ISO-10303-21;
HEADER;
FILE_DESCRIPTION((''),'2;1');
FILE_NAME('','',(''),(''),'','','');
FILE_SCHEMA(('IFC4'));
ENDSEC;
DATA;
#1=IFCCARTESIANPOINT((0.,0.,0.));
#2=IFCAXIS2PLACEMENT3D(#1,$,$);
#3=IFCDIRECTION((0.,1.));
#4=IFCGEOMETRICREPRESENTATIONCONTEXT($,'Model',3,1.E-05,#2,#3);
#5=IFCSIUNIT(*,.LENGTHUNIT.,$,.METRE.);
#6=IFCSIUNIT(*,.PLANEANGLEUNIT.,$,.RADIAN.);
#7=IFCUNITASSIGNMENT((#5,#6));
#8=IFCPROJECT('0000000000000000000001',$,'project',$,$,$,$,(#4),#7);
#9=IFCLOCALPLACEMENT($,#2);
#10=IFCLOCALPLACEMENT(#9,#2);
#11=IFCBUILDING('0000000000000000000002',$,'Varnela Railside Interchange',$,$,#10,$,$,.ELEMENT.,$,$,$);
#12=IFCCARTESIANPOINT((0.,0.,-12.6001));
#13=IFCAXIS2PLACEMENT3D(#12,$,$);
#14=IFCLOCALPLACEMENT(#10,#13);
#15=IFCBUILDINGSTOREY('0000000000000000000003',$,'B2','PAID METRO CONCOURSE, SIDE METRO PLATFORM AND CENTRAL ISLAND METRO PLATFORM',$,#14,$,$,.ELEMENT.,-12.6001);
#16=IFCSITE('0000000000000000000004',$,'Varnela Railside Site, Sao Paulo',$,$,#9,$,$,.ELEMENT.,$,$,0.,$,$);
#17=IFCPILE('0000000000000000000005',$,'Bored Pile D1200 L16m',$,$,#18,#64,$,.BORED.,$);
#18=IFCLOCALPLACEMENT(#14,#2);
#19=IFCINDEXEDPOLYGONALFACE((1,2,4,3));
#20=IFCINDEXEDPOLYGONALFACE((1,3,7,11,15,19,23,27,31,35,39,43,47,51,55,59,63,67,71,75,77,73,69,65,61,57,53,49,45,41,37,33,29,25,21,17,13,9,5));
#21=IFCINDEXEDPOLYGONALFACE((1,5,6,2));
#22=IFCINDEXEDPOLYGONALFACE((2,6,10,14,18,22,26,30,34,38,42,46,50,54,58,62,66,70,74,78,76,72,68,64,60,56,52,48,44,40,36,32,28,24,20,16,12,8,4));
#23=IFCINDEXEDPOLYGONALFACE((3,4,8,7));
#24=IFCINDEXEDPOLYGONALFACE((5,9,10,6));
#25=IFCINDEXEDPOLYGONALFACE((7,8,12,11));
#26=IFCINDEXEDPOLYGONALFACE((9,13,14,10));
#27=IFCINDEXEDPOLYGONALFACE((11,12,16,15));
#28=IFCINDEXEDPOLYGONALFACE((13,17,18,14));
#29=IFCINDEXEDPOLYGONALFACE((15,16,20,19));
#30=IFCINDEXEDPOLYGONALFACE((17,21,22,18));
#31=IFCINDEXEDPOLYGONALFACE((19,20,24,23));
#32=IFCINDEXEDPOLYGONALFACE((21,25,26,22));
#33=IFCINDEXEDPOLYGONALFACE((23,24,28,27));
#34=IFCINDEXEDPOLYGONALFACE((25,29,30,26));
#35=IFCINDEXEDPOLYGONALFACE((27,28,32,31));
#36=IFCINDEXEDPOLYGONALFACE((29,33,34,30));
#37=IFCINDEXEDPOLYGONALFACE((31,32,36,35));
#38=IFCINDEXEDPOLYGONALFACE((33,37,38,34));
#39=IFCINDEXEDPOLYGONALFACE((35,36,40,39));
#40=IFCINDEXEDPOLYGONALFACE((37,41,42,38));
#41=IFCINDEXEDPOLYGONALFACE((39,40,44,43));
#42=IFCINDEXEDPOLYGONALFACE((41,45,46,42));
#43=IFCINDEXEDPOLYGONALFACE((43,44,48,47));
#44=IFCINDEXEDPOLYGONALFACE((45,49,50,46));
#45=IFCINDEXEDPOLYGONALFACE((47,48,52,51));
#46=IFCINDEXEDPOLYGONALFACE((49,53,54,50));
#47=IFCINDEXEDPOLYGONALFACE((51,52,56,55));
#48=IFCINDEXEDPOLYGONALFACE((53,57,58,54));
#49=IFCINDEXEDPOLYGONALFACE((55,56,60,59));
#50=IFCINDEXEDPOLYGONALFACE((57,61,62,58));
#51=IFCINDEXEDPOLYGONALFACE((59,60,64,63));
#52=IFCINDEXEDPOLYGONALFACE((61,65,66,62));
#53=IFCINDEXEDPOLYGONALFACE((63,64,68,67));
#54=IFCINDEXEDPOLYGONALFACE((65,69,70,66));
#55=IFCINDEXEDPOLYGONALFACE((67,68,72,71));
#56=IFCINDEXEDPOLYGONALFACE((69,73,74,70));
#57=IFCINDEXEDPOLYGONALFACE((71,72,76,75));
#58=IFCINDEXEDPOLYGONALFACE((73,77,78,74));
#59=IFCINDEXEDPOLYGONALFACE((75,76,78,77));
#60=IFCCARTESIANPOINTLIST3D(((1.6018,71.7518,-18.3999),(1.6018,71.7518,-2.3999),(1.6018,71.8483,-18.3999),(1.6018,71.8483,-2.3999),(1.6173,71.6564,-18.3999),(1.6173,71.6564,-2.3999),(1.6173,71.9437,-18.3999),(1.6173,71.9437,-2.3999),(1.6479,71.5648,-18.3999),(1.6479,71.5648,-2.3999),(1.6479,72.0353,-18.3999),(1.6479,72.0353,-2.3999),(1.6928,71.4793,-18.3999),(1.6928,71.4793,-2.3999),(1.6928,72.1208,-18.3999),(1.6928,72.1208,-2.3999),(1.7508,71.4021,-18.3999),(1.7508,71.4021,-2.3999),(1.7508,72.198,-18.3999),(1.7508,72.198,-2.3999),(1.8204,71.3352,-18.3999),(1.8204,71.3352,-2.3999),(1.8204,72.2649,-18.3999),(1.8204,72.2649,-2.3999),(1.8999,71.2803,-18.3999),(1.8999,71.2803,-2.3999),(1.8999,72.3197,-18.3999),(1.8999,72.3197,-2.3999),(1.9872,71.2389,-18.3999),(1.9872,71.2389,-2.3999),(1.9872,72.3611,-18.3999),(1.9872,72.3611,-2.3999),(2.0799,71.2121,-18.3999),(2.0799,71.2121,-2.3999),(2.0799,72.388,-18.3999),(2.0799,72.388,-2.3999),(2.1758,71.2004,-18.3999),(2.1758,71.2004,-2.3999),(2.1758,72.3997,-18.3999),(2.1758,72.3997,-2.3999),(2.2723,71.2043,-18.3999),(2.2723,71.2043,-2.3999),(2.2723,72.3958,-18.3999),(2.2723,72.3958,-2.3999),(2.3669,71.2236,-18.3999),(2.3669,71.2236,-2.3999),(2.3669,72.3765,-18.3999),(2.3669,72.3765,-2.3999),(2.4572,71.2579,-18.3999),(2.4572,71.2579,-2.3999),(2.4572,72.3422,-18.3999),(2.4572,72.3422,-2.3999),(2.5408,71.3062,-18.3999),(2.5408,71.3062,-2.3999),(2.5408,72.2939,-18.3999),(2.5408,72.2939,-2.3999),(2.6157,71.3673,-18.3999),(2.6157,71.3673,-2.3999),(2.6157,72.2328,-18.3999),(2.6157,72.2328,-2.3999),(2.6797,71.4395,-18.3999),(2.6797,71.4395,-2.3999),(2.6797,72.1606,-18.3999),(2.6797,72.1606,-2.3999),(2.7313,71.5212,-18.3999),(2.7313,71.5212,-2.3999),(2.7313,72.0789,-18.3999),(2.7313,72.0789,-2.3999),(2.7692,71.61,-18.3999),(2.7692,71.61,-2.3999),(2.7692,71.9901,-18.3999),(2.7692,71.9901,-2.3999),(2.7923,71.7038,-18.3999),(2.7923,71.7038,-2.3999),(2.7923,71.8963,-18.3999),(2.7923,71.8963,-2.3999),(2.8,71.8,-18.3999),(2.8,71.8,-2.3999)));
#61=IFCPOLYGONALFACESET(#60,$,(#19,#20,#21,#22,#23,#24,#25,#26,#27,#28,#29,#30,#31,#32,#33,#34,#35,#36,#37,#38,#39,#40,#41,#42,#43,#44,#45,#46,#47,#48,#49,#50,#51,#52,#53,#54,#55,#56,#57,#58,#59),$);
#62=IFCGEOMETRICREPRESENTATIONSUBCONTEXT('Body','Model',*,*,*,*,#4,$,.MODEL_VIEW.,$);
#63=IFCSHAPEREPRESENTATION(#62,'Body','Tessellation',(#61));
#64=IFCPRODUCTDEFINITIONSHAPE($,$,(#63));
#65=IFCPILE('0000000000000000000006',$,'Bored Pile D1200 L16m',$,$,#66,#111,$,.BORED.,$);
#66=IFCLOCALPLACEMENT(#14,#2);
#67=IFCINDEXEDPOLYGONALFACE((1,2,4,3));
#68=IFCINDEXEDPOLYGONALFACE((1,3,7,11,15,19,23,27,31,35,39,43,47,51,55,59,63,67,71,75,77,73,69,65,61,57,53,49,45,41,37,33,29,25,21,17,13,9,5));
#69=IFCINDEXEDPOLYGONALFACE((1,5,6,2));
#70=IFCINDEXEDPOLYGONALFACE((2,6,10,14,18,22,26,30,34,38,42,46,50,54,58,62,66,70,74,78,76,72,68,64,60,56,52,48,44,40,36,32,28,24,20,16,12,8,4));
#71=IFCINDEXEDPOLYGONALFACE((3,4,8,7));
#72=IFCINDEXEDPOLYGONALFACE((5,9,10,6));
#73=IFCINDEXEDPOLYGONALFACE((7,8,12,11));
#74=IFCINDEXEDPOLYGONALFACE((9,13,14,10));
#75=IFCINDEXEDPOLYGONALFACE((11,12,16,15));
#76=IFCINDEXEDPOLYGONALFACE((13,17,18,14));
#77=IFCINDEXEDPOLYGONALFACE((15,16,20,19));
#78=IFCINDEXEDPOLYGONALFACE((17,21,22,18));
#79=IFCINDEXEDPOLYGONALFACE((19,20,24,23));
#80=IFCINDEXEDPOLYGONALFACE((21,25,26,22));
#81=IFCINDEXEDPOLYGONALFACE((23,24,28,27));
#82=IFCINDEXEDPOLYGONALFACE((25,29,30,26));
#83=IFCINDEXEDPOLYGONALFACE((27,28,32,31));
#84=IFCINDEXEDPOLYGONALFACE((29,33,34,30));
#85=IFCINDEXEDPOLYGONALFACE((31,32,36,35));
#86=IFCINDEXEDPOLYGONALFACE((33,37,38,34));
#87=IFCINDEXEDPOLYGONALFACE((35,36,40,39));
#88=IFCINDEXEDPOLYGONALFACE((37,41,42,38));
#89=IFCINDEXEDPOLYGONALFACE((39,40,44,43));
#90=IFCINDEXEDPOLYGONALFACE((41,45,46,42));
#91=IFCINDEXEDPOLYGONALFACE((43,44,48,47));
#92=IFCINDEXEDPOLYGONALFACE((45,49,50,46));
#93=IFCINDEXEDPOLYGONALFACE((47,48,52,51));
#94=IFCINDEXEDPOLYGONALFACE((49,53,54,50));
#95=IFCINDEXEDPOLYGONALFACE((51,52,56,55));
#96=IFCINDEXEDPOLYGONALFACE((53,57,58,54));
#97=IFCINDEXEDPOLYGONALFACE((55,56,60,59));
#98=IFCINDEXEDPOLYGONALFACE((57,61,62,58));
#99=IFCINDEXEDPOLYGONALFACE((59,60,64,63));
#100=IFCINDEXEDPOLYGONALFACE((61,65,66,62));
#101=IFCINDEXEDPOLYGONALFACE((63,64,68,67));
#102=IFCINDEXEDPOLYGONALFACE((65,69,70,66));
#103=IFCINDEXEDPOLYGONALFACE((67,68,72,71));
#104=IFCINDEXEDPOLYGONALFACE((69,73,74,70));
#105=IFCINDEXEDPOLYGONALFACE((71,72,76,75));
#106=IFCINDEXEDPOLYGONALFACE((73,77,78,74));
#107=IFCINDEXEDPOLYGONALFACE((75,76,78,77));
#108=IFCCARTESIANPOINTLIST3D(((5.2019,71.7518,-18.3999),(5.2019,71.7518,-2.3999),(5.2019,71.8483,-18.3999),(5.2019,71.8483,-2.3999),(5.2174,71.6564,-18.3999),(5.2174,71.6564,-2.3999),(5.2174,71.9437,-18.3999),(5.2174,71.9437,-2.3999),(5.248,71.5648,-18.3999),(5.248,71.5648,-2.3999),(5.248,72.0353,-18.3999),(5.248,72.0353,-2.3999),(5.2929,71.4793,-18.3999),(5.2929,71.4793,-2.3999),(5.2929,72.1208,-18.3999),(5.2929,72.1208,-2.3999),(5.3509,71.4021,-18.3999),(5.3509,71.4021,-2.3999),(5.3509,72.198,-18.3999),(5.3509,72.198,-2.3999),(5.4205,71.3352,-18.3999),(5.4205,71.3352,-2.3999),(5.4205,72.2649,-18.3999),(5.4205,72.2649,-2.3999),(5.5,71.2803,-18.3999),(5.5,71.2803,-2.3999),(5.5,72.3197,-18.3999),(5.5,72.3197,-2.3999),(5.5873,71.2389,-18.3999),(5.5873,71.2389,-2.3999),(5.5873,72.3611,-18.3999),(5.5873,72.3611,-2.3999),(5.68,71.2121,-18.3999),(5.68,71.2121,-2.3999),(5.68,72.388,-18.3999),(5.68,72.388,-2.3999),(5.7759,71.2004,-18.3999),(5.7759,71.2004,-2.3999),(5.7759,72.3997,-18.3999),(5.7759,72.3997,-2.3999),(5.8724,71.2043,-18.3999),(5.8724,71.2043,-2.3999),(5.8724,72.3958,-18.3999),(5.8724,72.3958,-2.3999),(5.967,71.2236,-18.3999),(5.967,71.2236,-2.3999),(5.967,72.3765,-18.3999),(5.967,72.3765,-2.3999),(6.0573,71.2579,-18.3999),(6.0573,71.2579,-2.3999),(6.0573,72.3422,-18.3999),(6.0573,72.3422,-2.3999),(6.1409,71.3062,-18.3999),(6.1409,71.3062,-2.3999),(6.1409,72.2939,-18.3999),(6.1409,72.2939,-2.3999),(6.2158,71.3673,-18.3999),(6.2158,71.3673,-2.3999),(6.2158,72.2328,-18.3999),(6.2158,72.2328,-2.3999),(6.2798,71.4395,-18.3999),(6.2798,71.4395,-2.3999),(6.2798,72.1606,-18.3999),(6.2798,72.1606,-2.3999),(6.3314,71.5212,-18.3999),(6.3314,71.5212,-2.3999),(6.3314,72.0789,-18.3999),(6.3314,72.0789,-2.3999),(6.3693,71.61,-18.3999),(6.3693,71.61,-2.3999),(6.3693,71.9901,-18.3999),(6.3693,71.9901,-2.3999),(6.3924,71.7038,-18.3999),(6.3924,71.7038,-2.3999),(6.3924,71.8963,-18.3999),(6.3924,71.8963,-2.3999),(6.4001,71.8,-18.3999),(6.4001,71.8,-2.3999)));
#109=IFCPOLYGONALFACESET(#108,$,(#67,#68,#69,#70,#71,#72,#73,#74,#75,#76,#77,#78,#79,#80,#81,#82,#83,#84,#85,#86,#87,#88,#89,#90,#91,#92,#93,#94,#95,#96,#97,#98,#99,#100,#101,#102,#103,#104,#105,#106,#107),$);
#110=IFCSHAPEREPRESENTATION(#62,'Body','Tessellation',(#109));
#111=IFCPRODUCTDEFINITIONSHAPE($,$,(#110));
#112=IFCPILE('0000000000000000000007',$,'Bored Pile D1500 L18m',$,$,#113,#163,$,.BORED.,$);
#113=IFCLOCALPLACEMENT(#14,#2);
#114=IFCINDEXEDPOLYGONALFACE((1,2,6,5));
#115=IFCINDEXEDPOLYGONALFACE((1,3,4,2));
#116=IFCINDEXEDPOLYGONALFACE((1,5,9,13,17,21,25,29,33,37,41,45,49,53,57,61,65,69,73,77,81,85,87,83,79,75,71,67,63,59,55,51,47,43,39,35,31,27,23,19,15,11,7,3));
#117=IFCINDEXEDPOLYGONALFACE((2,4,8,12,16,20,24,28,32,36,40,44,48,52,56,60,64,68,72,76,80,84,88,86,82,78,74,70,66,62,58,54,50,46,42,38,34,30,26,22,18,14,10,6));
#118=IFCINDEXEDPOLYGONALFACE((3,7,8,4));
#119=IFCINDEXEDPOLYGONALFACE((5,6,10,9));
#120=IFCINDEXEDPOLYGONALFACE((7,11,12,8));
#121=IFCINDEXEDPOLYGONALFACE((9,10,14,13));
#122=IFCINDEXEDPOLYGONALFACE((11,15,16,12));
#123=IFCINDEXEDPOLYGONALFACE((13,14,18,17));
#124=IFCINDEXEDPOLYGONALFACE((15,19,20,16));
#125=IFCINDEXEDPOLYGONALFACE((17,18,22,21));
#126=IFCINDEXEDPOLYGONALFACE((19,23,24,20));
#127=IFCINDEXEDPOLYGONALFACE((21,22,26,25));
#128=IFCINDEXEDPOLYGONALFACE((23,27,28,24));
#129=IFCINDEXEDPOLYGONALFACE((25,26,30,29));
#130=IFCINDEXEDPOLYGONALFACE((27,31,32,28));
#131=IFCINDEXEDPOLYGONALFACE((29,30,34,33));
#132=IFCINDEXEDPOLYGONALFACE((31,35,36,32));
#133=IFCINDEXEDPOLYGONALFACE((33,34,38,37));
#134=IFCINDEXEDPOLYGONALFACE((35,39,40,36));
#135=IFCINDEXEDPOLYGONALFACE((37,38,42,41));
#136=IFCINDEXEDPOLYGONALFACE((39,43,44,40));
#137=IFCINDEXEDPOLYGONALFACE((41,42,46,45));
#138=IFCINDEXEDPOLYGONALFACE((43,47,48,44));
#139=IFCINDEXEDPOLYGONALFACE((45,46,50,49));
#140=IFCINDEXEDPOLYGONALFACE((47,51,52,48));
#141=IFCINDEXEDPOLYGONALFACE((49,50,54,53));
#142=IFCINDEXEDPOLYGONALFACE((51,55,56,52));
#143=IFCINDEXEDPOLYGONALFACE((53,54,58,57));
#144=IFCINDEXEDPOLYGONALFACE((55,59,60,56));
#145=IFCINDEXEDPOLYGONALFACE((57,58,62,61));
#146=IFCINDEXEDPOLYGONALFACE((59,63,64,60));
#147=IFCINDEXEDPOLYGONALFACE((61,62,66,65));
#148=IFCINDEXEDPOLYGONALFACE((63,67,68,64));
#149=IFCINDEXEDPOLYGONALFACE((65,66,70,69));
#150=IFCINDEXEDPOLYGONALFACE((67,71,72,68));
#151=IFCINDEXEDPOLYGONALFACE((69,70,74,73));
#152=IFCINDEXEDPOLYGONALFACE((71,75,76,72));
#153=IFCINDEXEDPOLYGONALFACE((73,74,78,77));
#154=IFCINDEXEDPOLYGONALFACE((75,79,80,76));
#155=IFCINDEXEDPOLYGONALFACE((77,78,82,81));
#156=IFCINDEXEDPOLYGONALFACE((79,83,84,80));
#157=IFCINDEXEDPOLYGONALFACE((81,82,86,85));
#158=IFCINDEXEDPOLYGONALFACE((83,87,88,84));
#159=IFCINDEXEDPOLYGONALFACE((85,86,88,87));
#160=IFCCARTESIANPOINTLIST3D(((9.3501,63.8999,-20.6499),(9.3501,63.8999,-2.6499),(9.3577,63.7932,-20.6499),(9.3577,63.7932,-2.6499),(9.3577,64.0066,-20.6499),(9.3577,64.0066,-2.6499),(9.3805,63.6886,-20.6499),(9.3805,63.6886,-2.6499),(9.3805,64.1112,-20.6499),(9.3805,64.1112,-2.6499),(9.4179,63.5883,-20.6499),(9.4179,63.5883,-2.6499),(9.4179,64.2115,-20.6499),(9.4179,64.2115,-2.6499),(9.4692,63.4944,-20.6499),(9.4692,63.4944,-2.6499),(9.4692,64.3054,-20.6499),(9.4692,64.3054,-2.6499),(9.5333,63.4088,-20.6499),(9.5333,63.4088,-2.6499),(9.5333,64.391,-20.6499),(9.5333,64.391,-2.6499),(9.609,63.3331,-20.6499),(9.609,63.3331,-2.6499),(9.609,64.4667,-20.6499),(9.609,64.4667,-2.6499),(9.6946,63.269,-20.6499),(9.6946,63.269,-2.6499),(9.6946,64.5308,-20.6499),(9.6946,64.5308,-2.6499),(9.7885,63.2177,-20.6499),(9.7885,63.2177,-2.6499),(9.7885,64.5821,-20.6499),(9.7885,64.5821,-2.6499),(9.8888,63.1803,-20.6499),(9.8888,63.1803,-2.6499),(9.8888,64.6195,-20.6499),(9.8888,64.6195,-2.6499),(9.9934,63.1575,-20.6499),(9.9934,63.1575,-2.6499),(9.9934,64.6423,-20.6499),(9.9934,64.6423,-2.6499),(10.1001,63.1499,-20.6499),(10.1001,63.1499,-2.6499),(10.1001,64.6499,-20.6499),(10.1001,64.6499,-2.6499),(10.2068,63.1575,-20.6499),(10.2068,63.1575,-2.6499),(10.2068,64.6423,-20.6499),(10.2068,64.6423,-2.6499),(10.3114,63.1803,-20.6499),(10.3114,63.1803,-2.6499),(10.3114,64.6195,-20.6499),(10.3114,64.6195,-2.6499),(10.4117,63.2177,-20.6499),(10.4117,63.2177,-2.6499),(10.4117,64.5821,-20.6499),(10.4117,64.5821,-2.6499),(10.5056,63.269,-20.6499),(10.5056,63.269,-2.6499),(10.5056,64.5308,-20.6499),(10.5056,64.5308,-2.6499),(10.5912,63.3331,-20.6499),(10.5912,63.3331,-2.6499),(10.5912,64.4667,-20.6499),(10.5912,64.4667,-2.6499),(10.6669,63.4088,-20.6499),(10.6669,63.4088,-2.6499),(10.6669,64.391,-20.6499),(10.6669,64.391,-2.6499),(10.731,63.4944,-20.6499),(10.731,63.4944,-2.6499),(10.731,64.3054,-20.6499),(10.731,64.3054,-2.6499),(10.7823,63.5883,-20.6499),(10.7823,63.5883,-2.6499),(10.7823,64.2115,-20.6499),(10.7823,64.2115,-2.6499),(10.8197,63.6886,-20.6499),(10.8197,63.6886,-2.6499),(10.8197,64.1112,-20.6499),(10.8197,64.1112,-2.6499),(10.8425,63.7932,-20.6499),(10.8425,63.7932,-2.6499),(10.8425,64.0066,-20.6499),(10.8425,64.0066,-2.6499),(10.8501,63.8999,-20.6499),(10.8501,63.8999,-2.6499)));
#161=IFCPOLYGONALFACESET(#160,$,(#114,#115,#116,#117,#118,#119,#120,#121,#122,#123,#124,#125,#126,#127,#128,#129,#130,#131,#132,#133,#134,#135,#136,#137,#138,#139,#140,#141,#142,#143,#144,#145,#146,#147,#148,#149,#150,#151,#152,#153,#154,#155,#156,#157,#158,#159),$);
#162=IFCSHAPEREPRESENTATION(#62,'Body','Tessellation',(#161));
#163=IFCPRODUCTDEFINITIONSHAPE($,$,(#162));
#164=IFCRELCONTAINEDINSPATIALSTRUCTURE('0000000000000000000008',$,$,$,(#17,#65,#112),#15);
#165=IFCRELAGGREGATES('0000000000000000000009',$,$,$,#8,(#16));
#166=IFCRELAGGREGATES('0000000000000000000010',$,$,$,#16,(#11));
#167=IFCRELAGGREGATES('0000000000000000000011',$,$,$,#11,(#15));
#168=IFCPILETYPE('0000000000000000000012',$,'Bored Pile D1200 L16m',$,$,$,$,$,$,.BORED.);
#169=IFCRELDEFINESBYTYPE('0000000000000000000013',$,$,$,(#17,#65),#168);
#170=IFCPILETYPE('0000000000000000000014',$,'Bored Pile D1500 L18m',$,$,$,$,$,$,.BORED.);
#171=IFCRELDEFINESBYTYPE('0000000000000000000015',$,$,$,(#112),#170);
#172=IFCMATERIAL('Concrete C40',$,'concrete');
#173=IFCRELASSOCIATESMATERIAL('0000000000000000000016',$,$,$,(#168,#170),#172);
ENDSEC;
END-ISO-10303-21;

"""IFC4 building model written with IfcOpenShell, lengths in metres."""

from ifc_helpers import new_model, si_unit, direction, frame, origin, origin_2d, place, context, subcontext, project, spatial, circle, extrude, material, material_profile, profile_set, type_object, element, save


model = new_model("IFC4")

# Units and contexts
model_context = context("Model", 3, precision=1e-05, world=origin(), true_north=direction((0.0, 1.0)))
body_context = subcontext(model_context, "Body", "Model", "MODEL_VIEW")
ifc_project = project(units=[si_unit("LENGTHUNIT", "METRE"), si_unit("PLANEANGLEUNIT", "RADIAN")], contexts=[model_context])

# Site, building, storey
site_placement = place(None, origin())
site = spatial("IfcSite", under=ifc_project, at=site_placement, Name="Varnela Railside Site, Sao Paulo", CompositionType="ELEMENT", RefElevation=0.0)
building_placement = place(site_placement, origin())
building = spatial("IfcBuilding", under=site, at=building_placement, Name="Varnela Railside Interchange", CompositionType="ELEMENT")
storey_placement = place(building_placement, frame((0.0, 0.0, -12.6001)))
storey = spatial("IfcBuildingStorey", under=building, at=storey_placement, Name="B2", Description="PAID METRO CONCOURSE, SIDE METRO PLATFORM AND CENTRAL ISLAND METRO PLATFORM", CompositionType="ELEMENT", Elevation=-12.6001)

# Piles
ifc_material_1 = material(Name="Concrete C40", Category="concrete")
ifc_material_profile_1 = material_profile(ifc_material_1, circle(Radius=0.6001, at=origin_2d()), Name="BORED PILE D1200")
ifc_profile_set_1 = profile_set([ifc_material_profile_1], Name="Concrete C40")
pile_type_1 = type_object("IfcPileType", Name="Bored Pile D1200 L16m", PredefinedType="BORED", material=ifc_profile_set_1)
for number, where, z_axis, x_axis, name in (
    (1, (2.2, 71.8, -2.3999), (0.0, 0.0, -1.0), (1.0, 0.0, 0.0), "Bored Pile D1200 L16m"),
    (2, (5.8, 71.8, -2.3999), (0.0, 0.0, -1.0), (1.0, 0.0, 0.0), "Bored Pile D1200 L16m"),
):
    element("IfcPile", number, at=place(storey_placement, frame(where, z_axis=z_axis, x_axis=x_axis)), inside=storey, type_object=pile_type_1, Name=name, PredefinedType="BORED", context=body_context, shape_type="SweptSolid", body=[
        extrude(circle(Radius=0.6001, at=origin_2d()), origin(), (0.0, 0.0, 1.0), 16.0),
    ])
ifc_material_profile_2 = material_profile(ifc_material_1, circle(Radius=0.75, at=origin_2d()), Name="BORED PILE D1500")
ifc_profile_set_2 = profile_set([ifc_material_profile_2], Name="Concrete C40")
pile_type_2 = type_object("IfcPileType", Name="Bored Pile D1500 L18m", PredefinedType="BORED", material=ifc_profile_set_2)
for number, where, z_axis, x_axis, name in (
    (3, (10.1001, 63.8999, -2.6499), (0.0, 0.0, -1.0), (1.0, 0.0, 0.0), "Bored Pile D1500 L18m"),
):
    element("IfcPile", number, at=place(storey_placement, frame(where, z_axis=z_axis, x_axis=x_axis)), inside=storey, type_object=pile_type_2, Name=name, PredefinedType="BORED", context=body_context, shape_type="SweptSolid", body=[
        extrude(circle(Radius=0.75, at=origin_2d()), origin(), (0.0, 0.0, 1.0), 18.0),
    ])

save(model, "model.ifc")
